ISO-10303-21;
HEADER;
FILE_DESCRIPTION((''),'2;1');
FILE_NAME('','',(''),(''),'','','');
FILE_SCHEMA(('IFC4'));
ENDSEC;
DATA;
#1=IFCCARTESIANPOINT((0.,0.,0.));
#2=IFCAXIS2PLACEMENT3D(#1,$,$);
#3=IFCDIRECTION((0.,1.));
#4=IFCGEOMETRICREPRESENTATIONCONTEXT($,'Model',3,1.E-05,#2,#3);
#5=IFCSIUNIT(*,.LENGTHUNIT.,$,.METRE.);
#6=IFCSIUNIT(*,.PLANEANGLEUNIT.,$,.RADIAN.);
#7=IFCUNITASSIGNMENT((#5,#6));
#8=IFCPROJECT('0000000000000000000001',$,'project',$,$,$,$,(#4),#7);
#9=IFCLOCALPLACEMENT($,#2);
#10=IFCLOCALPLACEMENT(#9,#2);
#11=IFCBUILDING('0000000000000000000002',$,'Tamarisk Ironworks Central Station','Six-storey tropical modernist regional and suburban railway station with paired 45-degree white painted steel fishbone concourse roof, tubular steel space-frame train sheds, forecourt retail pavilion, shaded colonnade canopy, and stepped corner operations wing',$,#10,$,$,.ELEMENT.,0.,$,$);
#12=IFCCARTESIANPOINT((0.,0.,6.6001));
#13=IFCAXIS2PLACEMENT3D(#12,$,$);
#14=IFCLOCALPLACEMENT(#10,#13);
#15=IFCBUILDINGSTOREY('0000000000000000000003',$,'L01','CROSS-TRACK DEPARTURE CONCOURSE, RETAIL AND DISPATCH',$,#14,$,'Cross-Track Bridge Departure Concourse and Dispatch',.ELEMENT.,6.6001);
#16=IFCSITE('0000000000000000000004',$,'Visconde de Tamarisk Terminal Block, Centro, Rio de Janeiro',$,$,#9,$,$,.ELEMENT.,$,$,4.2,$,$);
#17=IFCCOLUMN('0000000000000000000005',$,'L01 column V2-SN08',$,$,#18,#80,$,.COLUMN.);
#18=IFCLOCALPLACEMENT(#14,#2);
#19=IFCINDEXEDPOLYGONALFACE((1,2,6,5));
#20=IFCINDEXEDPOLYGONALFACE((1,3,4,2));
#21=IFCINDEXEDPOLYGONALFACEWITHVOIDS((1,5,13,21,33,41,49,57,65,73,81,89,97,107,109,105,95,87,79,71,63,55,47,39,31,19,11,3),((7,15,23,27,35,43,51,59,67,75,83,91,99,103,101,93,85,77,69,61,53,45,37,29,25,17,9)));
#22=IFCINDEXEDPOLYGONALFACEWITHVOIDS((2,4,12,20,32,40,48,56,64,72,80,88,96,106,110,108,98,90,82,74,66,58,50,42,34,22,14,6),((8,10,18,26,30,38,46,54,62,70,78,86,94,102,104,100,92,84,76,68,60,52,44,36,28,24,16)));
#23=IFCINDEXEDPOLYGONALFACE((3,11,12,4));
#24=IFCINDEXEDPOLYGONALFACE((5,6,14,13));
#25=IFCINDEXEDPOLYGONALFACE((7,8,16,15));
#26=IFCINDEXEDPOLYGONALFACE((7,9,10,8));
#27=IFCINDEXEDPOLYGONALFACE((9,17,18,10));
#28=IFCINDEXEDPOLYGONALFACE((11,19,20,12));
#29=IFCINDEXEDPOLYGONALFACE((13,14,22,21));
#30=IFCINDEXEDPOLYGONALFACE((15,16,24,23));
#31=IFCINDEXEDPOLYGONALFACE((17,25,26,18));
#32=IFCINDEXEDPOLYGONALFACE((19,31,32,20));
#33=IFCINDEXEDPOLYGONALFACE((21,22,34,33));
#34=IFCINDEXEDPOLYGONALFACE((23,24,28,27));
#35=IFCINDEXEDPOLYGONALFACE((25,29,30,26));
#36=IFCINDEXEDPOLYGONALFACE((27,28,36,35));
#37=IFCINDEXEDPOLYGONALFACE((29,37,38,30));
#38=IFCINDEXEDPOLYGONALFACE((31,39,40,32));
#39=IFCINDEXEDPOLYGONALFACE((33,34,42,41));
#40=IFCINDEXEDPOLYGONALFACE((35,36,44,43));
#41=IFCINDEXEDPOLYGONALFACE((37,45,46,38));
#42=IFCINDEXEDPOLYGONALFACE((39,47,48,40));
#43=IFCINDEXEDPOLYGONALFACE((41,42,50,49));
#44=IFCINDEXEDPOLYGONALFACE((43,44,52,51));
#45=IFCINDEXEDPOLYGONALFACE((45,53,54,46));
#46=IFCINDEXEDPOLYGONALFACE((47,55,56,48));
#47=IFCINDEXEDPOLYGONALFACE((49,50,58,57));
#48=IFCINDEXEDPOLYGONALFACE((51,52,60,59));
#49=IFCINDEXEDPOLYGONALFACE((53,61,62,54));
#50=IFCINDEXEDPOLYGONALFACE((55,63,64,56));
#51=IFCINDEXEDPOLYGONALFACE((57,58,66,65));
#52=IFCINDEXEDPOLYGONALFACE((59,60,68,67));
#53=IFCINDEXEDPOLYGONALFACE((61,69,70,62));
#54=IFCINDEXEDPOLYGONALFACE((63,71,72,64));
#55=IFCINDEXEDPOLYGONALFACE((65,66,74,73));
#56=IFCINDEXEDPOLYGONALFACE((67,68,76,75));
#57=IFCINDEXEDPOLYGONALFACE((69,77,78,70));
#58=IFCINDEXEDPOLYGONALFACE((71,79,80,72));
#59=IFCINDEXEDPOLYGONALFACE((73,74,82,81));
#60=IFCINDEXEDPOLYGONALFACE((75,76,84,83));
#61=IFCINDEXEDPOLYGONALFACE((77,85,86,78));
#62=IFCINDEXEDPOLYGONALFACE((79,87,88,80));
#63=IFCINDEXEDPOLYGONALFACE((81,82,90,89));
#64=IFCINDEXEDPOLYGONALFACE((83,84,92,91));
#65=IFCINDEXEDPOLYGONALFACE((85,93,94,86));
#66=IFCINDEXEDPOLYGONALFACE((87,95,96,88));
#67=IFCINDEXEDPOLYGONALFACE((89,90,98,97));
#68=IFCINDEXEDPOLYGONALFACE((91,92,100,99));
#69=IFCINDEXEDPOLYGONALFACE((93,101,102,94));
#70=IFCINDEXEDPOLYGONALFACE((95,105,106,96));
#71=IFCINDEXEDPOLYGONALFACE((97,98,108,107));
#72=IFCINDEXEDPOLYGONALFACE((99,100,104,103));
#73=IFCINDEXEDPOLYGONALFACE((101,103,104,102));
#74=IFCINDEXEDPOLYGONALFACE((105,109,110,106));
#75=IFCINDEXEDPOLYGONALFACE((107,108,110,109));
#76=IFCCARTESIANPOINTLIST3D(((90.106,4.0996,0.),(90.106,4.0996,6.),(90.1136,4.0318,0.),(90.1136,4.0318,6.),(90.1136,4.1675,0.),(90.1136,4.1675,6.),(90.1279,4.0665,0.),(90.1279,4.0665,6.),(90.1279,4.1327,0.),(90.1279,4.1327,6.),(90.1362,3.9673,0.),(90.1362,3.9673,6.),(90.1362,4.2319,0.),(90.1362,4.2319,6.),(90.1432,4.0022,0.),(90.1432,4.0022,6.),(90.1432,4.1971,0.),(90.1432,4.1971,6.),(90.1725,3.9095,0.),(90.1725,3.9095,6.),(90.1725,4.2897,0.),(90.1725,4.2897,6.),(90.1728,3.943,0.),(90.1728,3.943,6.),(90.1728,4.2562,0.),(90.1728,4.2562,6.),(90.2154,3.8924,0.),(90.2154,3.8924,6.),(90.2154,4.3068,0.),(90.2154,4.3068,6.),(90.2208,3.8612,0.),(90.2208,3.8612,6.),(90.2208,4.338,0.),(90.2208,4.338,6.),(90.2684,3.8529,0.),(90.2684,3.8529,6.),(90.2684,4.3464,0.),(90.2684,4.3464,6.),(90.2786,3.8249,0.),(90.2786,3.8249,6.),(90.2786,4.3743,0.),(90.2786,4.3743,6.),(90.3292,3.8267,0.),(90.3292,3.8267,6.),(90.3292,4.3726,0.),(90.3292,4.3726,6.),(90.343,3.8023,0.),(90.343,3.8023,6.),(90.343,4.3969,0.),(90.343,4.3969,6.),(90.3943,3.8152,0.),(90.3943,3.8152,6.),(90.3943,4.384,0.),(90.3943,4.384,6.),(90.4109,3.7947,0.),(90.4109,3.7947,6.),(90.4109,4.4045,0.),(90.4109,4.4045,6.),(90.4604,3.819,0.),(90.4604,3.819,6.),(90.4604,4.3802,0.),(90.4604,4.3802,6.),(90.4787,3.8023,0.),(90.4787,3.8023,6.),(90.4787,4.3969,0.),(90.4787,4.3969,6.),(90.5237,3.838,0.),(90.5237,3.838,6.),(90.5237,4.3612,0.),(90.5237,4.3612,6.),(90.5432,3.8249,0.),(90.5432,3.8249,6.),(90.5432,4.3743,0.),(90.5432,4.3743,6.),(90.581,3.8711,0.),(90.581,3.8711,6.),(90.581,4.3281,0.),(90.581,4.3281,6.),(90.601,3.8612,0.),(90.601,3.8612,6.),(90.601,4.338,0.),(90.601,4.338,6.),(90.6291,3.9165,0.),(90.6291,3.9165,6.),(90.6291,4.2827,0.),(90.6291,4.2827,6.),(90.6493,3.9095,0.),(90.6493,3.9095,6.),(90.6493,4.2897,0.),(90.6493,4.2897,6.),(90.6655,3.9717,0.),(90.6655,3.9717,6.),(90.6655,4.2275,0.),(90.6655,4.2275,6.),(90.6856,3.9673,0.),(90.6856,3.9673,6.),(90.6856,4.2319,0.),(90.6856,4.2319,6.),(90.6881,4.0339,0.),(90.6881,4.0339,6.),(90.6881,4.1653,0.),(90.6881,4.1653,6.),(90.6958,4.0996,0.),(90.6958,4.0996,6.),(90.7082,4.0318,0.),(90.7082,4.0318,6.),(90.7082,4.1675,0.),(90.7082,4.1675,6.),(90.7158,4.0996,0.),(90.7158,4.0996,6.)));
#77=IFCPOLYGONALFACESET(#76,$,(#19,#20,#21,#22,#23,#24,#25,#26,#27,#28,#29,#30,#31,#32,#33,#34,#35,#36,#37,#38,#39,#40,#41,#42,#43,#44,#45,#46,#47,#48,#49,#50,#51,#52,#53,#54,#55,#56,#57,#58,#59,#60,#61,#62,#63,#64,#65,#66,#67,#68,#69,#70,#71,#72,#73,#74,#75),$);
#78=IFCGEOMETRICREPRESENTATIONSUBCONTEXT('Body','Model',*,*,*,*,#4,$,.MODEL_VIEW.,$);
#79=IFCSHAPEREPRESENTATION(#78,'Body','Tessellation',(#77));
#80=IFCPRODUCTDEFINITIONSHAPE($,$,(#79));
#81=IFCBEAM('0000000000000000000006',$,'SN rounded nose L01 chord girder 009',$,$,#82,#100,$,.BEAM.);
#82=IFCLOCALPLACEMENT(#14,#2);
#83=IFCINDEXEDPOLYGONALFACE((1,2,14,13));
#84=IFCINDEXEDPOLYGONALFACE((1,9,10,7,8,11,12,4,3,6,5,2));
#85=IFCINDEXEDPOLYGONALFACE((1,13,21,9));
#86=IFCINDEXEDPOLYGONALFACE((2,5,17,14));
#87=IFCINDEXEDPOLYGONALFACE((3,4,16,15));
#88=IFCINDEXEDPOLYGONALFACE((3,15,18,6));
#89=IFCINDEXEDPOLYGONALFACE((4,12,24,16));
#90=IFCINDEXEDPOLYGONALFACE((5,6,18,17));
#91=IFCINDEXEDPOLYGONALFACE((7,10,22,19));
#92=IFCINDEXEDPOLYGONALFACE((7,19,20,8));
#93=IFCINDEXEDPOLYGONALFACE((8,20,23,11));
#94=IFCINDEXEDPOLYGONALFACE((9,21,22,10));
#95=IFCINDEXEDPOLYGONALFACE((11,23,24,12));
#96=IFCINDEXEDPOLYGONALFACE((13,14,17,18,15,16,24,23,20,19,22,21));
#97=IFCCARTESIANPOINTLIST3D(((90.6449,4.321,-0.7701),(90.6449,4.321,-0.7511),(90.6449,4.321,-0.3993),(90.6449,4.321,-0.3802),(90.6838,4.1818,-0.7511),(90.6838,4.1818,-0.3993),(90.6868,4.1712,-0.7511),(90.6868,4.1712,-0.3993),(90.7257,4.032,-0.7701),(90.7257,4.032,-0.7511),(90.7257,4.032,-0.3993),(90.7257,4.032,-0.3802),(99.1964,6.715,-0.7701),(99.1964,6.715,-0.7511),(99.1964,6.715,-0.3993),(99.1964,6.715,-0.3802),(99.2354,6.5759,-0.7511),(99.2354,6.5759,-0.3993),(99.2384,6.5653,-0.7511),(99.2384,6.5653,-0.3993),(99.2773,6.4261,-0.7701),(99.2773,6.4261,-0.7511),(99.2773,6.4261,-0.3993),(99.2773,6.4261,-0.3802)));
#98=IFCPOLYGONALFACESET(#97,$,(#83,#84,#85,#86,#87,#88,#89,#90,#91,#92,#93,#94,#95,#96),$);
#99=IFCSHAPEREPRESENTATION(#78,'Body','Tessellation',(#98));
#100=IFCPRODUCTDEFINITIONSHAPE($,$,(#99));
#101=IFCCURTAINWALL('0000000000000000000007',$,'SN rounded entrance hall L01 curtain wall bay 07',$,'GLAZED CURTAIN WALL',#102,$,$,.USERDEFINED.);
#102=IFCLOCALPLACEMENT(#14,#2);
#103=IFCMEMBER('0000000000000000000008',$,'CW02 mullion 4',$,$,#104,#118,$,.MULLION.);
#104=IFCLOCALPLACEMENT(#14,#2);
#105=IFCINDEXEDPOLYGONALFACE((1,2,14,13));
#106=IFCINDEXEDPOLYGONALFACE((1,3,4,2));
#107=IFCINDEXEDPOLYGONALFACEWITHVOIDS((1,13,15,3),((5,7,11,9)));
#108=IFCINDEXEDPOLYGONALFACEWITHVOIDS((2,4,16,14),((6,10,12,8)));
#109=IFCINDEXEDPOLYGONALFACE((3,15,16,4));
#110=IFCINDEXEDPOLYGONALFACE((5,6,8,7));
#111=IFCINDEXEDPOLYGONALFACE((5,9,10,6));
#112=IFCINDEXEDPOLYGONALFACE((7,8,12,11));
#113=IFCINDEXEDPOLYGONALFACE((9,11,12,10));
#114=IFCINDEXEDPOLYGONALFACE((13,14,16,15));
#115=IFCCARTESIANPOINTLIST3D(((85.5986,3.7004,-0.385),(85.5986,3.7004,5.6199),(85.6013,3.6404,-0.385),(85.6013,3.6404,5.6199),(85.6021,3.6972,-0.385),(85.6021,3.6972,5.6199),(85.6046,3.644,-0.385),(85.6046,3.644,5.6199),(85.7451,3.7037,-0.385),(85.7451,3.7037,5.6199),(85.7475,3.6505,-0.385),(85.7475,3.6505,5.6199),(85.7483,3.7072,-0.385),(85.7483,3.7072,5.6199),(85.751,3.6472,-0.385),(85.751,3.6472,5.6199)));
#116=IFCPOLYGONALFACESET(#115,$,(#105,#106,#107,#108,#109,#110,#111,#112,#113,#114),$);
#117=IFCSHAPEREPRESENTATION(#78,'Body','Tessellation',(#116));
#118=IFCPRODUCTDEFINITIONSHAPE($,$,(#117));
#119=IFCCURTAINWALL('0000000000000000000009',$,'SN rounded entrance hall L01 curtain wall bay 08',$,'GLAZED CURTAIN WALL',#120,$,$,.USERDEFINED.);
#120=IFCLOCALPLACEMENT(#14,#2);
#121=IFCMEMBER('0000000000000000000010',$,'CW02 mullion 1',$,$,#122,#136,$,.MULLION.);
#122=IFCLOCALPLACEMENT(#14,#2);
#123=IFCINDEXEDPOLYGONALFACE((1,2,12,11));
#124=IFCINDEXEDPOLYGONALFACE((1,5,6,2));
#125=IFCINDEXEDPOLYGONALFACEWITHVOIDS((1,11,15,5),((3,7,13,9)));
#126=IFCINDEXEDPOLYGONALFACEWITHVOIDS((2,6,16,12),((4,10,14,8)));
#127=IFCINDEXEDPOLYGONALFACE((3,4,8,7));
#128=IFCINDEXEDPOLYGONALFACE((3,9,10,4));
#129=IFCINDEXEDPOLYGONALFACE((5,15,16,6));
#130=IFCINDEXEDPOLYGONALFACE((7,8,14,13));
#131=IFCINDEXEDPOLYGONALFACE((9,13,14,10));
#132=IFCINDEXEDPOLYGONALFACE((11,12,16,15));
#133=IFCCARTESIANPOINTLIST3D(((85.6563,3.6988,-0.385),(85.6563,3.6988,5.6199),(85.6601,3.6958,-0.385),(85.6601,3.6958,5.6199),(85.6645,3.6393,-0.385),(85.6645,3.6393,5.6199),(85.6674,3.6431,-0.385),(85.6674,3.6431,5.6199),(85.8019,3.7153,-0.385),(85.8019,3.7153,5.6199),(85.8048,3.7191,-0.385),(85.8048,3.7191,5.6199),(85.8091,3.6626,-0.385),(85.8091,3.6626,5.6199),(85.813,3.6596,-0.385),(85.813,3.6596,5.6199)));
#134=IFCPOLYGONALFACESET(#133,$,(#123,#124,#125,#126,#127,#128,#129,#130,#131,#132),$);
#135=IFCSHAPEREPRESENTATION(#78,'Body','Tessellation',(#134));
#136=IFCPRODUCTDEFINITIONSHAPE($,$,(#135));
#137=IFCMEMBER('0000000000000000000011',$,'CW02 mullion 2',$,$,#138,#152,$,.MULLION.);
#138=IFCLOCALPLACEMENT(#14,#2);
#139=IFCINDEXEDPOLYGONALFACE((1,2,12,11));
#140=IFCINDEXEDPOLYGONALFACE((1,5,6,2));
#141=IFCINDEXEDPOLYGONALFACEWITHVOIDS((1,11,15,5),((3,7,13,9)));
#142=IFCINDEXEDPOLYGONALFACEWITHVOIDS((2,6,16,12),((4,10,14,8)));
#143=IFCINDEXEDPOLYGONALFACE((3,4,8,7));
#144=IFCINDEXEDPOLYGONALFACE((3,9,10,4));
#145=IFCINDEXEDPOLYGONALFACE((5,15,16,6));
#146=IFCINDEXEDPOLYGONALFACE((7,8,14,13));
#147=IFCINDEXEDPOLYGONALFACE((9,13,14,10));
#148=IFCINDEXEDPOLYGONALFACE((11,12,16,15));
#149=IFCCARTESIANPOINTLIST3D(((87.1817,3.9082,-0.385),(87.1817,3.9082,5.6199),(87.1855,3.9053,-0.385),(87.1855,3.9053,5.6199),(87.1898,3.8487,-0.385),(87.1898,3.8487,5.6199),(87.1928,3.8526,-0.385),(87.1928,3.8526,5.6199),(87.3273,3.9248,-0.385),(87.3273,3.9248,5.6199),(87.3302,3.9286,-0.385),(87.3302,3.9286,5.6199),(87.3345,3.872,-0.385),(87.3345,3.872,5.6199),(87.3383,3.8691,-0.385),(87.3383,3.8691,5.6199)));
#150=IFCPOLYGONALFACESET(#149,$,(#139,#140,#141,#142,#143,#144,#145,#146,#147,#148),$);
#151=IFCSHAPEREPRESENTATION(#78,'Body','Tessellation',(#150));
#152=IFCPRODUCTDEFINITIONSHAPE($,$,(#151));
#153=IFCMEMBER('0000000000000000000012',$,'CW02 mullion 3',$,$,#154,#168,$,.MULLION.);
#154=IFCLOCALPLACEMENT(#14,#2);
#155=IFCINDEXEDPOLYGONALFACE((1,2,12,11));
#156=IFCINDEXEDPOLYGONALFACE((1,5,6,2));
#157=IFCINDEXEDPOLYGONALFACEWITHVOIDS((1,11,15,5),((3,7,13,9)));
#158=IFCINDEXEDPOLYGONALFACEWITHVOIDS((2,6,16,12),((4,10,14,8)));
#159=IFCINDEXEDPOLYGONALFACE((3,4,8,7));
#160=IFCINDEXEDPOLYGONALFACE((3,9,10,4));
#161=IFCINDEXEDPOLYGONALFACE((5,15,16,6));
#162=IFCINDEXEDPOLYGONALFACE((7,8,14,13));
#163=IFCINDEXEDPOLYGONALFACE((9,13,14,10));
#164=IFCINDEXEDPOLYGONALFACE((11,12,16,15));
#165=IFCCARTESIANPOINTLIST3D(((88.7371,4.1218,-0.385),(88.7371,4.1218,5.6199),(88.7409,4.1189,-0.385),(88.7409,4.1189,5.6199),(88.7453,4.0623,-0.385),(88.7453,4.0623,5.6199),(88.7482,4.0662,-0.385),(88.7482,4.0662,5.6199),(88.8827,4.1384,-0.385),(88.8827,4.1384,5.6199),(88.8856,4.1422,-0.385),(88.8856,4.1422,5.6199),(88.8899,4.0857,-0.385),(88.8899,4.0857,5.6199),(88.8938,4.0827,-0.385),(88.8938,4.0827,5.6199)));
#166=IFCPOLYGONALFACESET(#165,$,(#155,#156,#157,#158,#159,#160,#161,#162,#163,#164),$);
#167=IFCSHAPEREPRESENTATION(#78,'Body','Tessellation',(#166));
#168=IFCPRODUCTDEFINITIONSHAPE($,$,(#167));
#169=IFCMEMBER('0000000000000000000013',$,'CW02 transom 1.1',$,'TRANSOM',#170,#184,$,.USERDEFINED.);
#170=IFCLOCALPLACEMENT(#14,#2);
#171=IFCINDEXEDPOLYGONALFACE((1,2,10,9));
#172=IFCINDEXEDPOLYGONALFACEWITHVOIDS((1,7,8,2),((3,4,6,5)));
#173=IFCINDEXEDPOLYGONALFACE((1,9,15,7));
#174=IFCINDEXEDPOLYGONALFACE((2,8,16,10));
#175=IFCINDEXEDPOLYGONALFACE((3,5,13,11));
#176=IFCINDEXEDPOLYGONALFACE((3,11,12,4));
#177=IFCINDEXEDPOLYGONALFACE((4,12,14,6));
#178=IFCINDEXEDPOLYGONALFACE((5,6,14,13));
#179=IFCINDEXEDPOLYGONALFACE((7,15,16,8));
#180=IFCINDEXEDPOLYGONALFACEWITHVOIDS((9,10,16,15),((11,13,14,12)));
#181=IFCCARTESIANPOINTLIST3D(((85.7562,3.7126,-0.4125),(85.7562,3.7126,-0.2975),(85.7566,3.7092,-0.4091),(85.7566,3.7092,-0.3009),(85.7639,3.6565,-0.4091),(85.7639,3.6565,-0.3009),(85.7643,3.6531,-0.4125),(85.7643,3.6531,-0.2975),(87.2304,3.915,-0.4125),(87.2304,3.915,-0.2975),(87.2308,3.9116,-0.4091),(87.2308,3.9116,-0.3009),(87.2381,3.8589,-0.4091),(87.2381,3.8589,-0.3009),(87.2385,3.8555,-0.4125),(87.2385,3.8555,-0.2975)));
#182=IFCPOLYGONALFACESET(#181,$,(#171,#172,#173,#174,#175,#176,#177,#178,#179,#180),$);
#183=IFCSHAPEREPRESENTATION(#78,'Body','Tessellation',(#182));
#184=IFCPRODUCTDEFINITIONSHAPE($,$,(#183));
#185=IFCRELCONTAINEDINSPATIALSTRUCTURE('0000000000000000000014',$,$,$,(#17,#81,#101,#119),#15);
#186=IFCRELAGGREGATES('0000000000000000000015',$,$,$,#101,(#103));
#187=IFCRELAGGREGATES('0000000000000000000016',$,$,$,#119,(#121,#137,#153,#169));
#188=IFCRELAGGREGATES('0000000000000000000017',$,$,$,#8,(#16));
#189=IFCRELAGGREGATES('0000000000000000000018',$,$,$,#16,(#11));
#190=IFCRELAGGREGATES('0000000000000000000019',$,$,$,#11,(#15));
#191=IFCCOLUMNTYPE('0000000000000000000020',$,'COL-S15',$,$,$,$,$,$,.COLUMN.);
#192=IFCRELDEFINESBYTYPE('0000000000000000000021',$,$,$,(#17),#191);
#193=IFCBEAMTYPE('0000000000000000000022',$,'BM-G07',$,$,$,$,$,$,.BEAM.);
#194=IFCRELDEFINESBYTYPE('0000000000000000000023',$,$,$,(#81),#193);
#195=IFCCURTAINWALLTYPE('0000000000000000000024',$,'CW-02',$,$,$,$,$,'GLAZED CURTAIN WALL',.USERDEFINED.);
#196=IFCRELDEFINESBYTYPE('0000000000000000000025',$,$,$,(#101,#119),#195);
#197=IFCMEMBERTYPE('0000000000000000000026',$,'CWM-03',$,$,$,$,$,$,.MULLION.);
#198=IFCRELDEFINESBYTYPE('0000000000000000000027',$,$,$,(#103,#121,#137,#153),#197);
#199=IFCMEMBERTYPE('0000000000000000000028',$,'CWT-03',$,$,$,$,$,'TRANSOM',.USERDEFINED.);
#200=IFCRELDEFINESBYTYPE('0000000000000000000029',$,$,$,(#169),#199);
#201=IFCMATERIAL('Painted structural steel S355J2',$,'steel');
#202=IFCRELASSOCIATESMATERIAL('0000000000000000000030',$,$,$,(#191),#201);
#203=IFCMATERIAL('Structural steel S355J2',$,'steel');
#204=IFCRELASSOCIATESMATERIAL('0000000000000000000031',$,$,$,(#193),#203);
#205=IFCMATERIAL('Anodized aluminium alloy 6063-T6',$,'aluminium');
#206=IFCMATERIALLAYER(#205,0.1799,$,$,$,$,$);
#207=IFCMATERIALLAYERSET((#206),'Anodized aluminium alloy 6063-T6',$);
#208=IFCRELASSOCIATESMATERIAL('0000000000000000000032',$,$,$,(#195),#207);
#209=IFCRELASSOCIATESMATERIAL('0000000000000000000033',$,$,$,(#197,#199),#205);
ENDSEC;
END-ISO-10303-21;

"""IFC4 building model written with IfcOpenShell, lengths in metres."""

from ifc_helpers import new_model, si_unit, direction, frame, origin, origin_2d, place, context, subcontext, project, spatial, hollow_rectangle, hollow_circle, i_section, extrude, material, layer, layer_set, material_profile, profile_set, type_object, element, aggregate, save


model = new_model("IFC4")

# Units and contexts
model_context = context("Model", 3, precision=1e-05, world=origin(), true_north=direction((0.0, 1.0)))
body_context = subcontext(model_context, "Body", "Model", "MODEL_VIEW")
ifc_project = project(units=[si_unit("LENGTHUNIT", "METRE"), si_unit("PLANEANGLEUNIT", "RADIAN")], contexts=[model_context])

# Site, building, storey
site_placement = place(None, origin())
site = spatial("IfcSite", under=ifc_project, at=site_placement, Name="Visconde de Tamarisk Terminal Block, Centro, Rio de Janeiro", CompositionType="ELEMENT", RefElevation=4.2)
building_placement = place(site_placement, origin())
building = spatial("IfcBuilding", under=site, at=building_placement, Name="Tamarisk Ironworks Central Station", Description="Six-storey tropical modernist regional and suburban railway station with paired 45-degree white painted steel fishbone concourse roof, tubular steel space-frame train sheds, forecourt retail pavilion, shaded colonnade canopy, and stepped corner operations wing", CompositionType="ELEMENT", ElevationOfRefHeight=0.0)
storey_placement = place(building_placement, frame((0.0, 0.0, 6.6001)))
storey = spatial("IfcBuildingStorey", under=building, at=storey_placement, Name="L01", Description="CROSS-TRACK DEPARTURE CONCOURSE, RETAIL AND DISPATCH", LongName="Cross-Track Bridge Departure Concourse and Dispatch", CompositionType="ELEMENT", Elevation=6.6001)

# Column
ifc_material_1 = material(Name="Painted structural steel S355J2", Category="steel")
ifc_material_profile_1 = material_profile(ifc_material_1, hollow_circle(Radius=0.3049, WallThickness=0.02, at=origin_2d()), Name="CHS 610x20")
ifc_profile_set_1 = profile_set([ifc_material_profile_1], Name="Painted structural steel S355J2")
column_type = type_object("IfcColumnType", Name="COL-S15", PredefinedType="COLUMN", material=ifc_profile_set_1)
column_placement = place(storey_placement, frame((90.4109, 4.0996, 0.0), z_axis=(0.0, 0.0, 1.0), x_axis=(1.0, 0.0, 0.0)))
element("IfcColumn", 1, at=column_placement, inside=storey, type_object=column_type, Name="L01 column V2-SN08", PredefinedType="COLUMN", context=body_context, shape_type="SweptSolid", body=[
    extrude(hollow_circle(Radius=0.3049, WallThickness=0.02, at=origin_2d()), origin(), (0.0, 0.0, 1.0), 6.0),
])

# Beam
ifc_material_2 = material(Name="Structural steel S355J2", Category="steel")
ifc_material_profile_2 = material_profile(ifc_material_2, i_section(OverallWidth=0.3, OverallDepth=0.3899, WebThickness=0.011, FlangeThickness=0.019, at=origin_2d()), Name="HEA 400")
ifc_profile_set_2 = profile_set([ifc_material_profile_2], Name="Structural steel S355J2")
beam_type = type_object("IfcBeamType", Name="BM-G07", PredefinedType="BEAM", material=ifc_profile_set_2)
beam_placement = place(storey_placement, frame((90.6853, 4.1765, -0.5752), z_axis=(0.962975, 0.26959, 0.0), x_axis=(-0.26959, 0.962975, 0.0)))
element("IfcBeam", 2, at=beam_placement, inside=storey, type_object=beam_type, Name="SN rounded nose L01 chord girder 009", PredefinedType="BEAM", context=body_context, shape_type="SweptSolid", body=[
    extrude(i_section(OverallWidth=0.3, OverallDepth=0.3899, WebThickness=0.011, FlangeThickness=0.019, at=origin_2d()), origin(), (0.0, 0.0, 1.0), 8.8804),
])

# Curtain wall, member
ifc_material_3 = material(Name="Anodized aluminium alloy 6063-T6", Category="aluminium")
ifc_layer_1 = layer(ifc_material_3, 0.1799)
ifc_layer_set_1 = layer_set([ifc_layer_1], Name="Anodized aluminium alloy 6063-T6")
curtain_wall_type = type_object("IfcCurtainWallType", Name="CW-02", ElementType="GLAZED CURTAIN WALL", PredefinedType="USERDEFINED", material=ifc_layer_set_1)
curtain_wall_1_placement = place(storey_placement, origin())
curtain_wall_1 = element("IfcCurtainWall", 3, at=curtain_wall_1_placement, inside=storey, type_object=curtain_wall_type, Name="SN rounded entrance hall L01 curtain wall bay 07", ObjectType="GLAZED CURTAIN WALL", PredefinedType="USERDEFINED")
ifc_material_profile_3 = material_profile(ifc_material_3, hollow_rectangle(XDim=0.0601, YDim=0.1499, WallThickness=0.0034, at=origin_2d()), Name="ALUM 150x60")
ifc_profile_set_3 = profile_set([ifc_material_profile_3], Name="Anodized aluminium alloy 6063-T6")
member_type_1 = type_object("IfcMemberType", Name="CWM-03", PredefinedType="MULLION", material=ifc_profile_set_3)
member_1_placement = place(storey_placement, frame((85.6748, 3.6738, -0.385), z_axis=(0.0, 0.0, 1.0), x_axis=(-0.045481, 0.998965, 0.0)))
member_1 = element("IfcMember", 4, at=member_1_placement, type_object=member_type_1, Name="CW02 mullion 4", PredefinedType="MULLION", context=body_context, shape_type="SweptSolid", body=[
    extrude(hollow_rectangle(XDim=0.0601, YDim=0.1499, WallThickness=0.0034, at=origin_2d()), origin(), (0.0, 0.0, 1.0), 6.0049),
])
aggregate(curtain_wall_1, [member_1])

# Curtain wall, members
curtain_wall_2_placement = place(storey_placement, origin())
curtain_wall_2 = element("IfcCurtainWall", 5, at=curtain_wall_2_placement, inside=storey, type_object=curtain_wall_type, Name="SN rounded entrance hall L01 curtain wall bay 08", ObjectType="GLAZED CURTAIN WALL", PredefinedType="USERDEFINED")
member_2_placement = place(storey_placement, frame((85.7346, 3.6792, -0.385), z_axis=(0.0, 0.0, 1.0), x_axis=(-0.136042, 0.990703, 0.0)))
member_2 = element("IfcMember", 6, at=member_2_placement, type_object=member_type_1, Name="CW02 mullion 1", PredefinedType="MULLION", context=body_context, shape_type="SweptSolid", body=[
    extrude(hollow_rectangle(XDim=0.0601, YDim=0.1499, WallThickness=0.0034, at=origin_2d()), origin(), (0.0, 0.0, 1.0), 6.0049),
])
member_3_placement = place(storey_placement, frame((87.26, 3.8887, -0.385), z_axis=(0.0, 0.0, 1.0), x_axis=(-0.136042, 0.990703, 0.0)))
member_3 = element("IfcMember", 7, at=member_3_placement, type_object=member_type_1, Name="CW02 mullion 2", PredefinedType="MULLION", context=body_context, shape_type="SweptSolid", body=[
    extrude(hollow_rectangle(XDim=0.0601, YDim=0.1499, WallThickness=0.0034, at=origin_2d()), origin(), (0.0, 0.0, 1.0), 6.0049),
])
member_4_placement = place(storey_placement, frame((88.8154, 4.1023, -0.385), z_axis=(0.0, 0.0, 1.0), x_axis=(-0.136042, 0.990703, 0.0)))
member_4 = element("IfcMember", 8, at=member_4_placement, type_object=member_type_1, Name="CW02 mullion 3", PredefinedType="MULLION", context=body_context, shape_type="SweptSolid", body=[
    extrude(hollow_rectangle(XDim=0.0601, YDim=0.1499, WallThickness=0.0034, at=origin_2d()), origin(), (0.0, 0.0, 1.0), 6.0049),
])
ifc_material_profile_4 = material_profile(ifc_material_3, hollow_rectangle(XDim=0.0601, YDim=0.115, WallThickness=0.0034, at=origin_2d()), Name="ALUM 115x60")
ifc_profile_set_4 = profile_set([ifc_material_profile_4], Name="Anodized aluminium alloy 6063-T6")
member_type_2 = type_object("IfcMemberType", Name="CWT-03", ElementType="TRANSOM", PredefinedType="USERDEFINED", material=ifc_profile_set_4)
member_5_placement = place(storey_placement, frame((85.7603, 3.6829, -0.355), z_axis=(0.990706, 0.136021, 0.0), x_axis=(-0.136021, 0.990706, 0.0)))
member_5 = element("IfcMember", 9, at=member_5_placement, type_object=member_type_2, Name="CW02 transom 1.1", ObjectType="TRANSOM", PredefinedType="USERDEFINED", context=body_context, shape_type="SweptSolid", body=[
    extrude(hollow_rectangle(XDim=0.0601, YDim=0.115, WallThickness=0.0034, at=origin_2d()), origin(), (0.0, 0.0, 1.0), 1.488),
])
aggregate(curtain_wall_2, [member_2, member_3, member_4, member_5])

save(model, "model.ifc")
